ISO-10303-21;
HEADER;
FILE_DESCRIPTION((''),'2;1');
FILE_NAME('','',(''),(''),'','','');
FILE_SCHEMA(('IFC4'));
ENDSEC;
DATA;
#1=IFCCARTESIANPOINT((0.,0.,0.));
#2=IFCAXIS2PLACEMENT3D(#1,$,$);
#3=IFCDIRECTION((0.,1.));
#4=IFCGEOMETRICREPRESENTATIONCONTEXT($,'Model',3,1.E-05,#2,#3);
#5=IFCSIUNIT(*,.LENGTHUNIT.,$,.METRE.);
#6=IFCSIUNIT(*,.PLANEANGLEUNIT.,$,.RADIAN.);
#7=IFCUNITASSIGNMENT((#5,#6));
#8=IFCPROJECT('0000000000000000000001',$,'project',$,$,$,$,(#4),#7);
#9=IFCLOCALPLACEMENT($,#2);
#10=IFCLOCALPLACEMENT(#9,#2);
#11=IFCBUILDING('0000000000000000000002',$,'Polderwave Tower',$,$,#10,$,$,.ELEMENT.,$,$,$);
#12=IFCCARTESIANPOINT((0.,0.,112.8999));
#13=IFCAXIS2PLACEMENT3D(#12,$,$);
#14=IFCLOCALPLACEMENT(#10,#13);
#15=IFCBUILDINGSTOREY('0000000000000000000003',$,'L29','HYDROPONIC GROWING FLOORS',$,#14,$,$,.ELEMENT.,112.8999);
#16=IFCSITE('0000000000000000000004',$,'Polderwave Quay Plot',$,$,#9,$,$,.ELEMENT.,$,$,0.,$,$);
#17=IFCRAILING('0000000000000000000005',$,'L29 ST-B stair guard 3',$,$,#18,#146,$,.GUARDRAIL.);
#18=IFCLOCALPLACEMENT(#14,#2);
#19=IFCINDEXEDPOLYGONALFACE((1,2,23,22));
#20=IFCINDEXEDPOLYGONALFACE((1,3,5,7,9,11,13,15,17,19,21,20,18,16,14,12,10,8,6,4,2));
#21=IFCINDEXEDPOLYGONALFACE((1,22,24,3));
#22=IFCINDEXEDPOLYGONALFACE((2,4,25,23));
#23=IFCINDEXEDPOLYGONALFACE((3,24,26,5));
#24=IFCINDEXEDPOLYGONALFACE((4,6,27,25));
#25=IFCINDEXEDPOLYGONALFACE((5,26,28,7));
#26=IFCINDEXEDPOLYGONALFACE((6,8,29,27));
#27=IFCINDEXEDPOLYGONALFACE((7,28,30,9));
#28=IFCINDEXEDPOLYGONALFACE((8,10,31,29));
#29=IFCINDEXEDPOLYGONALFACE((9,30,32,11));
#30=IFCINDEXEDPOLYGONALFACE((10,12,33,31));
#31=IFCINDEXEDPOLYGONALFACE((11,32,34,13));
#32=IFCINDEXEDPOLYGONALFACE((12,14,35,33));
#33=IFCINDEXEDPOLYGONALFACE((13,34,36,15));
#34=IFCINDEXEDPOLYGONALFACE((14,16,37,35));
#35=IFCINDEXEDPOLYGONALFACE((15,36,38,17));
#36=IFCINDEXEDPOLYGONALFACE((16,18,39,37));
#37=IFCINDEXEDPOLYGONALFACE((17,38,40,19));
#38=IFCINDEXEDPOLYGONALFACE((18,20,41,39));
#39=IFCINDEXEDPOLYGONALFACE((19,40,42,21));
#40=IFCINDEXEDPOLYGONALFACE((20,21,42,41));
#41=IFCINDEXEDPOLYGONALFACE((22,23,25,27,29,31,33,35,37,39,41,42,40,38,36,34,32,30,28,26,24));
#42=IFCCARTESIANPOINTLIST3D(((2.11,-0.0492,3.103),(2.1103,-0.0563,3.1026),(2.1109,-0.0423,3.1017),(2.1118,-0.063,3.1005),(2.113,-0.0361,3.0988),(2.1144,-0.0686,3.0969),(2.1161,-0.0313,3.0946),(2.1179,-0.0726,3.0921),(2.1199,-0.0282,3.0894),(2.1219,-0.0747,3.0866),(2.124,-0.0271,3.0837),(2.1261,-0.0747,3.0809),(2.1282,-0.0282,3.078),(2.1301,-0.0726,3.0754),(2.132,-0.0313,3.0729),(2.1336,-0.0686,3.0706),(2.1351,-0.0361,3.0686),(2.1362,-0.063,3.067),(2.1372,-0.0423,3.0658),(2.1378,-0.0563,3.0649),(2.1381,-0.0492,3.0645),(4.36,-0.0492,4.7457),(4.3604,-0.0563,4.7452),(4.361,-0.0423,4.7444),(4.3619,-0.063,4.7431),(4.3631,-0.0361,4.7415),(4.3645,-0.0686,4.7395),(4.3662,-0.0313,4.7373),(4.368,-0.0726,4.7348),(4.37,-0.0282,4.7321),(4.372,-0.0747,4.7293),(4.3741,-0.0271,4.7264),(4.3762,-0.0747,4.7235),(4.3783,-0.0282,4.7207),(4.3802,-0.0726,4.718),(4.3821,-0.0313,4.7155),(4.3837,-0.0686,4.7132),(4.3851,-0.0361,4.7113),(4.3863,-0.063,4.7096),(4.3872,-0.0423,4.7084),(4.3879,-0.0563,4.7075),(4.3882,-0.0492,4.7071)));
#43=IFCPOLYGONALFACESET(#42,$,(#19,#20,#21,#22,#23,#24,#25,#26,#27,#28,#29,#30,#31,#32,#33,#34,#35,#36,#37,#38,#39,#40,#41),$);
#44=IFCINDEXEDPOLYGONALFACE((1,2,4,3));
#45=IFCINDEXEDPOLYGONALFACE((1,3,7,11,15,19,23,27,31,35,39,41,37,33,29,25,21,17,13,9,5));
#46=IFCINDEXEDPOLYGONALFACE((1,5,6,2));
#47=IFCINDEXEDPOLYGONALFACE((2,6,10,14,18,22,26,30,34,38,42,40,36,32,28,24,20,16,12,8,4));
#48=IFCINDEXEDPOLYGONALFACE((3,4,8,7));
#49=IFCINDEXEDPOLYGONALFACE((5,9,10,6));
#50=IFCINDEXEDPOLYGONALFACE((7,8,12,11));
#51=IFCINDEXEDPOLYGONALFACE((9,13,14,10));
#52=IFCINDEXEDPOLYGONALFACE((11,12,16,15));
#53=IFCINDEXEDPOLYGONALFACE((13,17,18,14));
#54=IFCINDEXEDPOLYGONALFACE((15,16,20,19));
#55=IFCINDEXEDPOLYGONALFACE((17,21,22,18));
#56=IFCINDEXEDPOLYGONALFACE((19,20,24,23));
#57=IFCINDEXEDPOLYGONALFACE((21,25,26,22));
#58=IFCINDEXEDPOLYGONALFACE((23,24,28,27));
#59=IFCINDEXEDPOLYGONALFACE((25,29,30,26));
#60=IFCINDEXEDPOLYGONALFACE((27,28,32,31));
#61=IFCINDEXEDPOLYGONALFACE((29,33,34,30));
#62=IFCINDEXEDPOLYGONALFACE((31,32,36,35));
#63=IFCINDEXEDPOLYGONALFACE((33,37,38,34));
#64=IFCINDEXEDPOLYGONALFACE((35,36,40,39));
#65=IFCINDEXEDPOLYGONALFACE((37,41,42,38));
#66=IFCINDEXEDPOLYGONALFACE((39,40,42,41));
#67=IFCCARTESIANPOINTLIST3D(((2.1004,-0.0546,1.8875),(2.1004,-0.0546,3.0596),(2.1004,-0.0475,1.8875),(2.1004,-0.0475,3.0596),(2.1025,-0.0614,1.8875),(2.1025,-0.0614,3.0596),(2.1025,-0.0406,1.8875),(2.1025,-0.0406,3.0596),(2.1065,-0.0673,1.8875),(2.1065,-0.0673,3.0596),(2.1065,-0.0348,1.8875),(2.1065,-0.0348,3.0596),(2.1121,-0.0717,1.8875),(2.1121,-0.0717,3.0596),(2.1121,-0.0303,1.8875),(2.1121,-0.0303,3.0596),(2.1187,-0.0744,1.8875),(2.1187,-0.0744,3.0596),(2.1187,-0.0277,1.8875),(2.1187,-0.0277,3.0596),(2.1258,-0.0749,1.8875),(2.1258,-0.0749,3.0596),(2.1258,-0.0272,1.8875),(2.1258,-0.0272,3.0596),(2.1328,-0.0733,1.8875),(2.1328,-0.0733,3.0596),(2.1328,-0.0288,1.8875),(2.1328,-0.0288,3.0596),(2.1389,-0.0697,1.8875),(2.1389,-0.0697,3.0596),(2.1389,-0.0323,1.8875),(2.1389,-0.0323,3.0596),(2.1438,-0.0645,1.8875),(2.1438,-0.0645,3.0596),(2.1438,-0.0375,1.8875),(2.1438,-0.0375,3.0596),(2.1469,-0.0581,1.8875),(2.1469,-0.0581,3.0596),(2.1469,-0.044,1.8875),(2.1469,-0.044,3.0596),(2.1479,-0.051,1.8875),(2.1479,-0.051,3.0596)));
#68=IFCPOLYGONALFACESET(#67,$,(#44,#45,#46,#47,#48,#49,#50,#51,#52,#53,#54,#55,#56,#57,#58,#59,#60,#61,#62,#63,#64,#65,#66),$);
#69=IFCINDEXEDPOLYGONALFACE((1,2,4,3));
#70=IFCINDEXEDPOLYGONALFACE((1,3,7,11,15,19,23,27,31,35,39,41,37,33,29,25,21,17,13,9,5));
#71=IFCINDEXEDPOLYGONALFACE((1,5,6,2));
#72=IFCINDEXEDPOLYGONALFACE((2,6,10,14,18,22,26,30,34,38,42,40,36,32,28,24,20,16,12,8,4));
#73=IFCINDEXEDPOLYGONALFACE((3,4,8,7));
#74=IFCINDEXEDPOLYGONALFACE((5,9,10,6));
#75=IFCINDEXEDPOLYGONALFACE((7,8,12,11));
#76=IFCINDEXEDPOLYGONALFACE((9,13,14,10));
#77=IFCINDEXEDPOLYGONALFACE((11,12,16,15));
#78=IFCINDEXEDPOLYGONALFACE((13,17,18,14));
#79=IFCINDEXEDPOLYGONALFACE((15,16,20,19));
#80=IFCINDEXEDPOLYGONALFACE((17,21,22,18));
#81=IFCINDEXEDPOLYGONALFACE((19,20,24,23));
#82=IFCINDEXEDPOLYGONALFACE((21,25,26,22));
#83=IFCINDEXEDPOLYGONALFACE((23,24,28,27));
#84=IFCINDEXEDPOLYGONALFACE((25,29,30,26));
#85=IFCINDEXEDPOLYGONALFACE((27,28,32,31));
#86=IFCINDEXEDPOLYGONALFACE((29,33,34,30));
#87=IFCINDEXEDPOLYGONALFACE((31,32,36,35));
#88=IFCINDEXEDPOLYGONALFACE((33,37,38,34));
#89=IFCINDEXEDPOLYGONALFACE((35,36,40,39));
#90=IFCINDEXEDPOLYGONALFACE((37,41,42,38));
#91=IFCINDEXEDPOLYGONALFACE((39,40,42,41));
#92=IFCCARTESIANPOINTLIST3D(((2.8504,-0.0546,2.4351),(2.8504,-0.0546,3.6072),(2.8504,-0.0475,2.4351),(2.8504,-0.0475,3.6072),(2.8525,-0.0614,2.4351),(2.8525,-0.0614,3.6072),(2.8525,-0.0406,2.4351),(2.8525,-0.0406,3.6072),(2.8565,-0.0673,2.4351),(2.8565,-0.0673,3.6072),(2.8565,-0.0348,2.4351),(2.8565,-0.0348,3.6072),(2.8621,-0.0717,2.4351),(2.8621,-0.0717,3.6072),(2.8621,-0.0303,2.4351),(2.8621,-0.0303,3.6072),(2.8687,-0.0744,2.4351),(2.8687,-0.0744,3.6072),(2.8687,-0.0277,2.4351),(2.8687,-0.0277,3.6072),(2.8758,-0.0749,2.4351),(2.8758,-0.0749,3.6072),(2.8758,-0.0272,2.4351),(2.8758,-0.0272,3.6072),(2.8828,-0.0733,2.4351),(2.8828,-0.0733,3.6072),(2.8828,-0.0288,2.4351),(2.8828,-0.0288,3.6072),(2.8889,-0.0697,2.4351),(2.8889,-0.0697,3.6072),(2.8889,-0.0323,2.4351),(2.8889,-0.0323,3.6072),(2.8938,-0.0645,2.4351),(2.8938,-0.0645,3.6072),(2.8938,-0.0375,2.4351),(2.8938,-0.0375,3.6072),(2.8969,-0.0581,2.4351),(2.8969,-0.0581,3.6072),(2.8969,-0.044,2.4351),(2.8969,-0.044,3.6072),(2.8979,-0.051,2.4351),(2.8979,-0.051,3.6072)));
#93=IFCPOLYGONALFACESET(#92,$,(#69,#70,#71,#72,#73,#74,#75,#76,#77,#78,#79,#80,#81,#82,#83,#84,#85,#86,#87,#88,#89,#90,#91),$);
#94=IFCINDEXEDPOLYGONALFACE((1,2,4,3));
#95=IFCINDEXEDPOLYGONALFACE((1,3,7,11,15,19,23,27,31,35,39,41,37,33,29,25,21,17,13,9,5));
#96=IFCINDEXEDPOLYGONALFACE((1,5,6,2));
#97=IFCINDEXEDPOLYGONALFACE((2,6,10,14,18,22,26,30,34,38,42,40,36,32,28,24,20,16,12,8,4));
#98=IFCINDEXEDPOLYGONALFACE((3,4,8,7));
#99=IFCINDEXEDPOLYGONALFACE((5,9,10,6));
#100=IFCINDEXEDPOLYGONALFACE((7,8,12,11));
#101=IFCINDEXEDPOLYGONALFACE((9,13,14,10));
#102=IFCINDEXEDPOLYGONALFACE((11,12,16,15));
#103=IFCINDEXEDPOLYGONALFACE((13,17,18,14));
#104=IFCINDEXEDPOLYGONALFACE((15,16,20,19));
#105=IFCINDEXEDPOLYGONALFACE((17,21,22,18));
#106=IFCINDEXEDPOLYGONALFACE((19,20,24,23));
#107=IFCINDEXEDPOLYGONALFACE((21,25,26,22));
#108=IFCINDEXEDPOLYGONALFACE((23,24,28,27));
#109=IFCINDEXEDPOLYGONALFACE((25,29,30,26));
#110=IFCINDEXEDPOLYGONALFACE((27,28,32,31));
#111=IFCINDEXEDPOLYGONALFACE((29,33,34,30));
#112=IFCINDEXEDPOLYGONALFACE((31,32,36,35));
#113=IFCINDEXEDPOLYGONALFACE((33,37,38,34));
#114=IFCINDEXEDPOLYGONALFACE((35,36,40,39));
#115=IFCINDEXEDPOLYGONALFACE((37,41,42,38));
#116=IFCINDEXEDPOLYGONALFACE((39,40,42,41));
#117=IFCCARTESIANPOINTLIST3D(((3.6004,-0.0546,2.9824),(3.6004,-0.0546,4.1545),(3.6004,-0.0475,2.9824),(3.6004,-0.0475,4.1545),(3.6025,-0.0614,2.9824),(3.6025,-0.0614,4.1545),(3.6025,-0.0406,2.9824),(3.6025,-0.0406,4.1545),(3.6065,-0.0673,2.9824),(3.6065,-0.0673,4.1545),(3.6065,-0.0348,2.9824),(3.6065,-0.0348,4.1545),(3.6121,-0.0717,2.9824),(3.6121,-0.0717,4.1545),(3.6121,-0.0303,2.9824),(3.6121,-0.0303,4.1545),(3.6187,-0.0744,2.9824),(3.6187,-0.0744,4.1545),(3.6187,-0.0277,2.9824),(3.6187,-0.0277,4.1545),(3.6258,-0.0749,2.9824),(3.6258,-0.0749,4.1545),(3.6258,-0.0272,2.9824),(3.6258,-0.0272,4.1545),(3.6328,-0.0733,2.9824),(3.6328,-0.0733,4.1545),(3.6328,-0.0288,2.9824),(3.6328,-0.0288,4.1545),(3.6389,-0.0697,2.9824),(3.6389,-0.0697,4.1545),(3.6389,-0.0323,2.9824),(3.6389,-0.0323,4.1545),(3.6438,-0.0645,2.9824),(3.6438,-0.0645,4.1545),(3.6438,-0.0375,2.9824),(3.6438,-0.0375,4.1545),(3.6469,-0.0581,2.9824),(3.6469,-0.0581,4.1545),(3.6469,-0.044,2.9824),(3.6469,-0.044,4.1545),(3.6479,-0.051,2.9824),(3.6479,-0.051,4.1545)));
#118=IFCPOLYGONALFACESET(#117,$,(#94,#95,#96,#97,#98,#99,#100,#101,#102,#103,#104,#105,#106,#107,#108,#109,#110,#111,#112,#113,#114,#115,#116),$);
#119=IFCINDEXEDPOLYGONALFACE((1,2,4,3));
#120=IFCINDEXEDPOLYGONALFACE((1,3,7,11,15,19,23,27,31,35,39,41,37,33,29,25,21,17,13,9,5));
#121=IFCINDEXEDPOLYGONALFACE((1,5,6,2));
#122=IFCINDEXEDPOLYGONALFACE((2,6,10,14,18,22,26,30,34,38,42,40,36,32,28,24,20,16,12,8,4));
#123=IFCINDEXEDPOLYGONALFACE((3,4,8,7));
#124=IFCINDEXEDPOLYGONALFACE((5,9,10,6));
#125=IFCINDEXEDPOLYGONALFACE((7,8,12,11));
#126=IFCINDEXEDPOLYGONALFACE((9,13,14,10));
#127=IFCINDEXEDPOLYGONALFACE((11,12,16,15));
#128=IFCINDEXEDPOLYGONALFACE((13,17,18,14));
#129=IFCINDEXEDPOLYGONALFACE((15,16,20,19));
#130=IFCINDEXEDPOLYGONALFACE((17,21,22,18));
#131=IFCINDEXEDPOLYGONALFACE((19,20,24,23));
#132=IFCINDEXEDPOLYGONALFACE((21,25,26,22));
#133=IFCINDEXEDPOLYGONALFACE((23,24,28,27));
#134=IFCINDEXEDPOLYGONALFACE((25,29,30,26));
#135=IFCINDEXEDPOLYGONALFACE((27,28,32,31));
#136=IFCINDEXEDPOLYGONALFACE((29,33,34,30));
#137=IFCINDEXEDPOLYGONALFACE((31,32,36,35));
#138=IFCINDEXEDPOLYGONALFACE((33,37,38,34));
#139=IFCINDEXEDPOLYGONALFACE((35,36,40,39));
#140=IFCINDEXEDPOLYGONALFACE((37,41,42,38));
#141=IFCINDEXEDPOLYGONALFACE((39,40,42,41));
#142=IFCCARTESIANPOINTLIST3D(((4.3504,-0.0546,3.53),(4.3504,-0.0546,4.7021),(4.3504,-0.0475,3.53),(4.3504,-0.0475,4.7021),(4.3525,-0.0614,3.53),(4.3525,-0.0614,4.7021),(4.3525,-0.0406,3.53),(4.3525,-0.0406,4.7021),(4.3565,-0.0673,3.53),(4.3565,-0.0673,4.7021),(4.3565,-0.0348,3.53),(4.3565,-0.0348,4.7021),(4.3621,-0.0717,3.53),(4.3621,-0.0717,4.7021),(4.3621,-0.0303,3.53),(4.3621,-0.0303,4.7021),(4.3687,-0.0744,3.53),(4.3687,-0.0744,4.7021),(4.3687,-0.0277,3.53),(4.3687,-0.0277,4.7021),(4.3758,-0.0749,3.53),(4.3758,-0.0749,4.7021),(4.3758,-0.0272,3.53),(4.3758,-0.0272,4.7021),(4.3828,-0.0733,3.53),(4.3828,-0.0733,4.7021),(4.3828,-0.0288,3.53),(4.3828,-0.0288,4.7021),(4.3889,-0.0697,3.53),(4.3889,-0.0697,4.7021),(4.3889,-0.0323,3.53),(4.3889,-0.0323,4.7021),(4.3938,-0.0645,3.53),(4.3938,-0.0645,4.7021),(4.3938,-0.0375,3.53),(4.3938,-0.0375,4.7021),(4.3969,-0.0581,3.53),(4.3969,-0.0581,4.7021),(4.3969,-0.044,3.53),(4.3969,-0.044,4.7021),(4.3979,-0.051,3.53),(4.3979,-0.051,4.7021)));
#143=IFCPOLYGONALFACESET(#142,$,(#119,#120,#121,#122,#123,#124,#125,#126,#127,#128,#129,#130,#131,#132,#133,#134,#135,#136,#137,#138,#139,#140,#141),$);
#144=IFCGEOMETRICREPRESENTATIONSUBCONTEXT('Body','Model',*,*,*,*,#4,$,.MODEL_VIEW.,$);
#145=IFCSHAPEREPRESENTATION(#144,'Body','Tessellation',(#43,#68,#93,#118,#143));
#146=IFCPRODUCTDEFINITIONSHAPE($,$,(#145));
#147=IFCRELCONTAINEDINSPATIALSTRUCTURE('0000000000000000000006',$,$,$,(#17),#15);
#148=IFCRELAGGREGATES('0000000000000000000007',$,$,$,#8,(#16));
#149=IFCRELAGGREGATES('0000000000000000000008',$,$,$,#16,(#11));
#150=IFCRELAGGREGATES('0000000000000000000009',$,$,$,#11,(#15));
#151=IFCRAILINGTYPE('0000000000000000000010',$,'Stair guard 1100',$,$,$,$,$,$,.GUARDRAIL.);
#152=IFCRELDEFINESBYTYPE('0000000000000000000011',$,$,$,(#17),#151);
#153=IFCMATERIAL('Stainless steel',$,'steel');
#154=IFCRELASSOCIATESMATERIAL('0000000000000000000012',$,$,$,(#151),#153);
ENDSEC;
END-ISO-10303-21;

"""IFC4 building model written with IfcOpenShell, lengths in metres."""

from ifc_helpers import new_model, si_unit, direction, frame, origin, origin_2d, place, context, subcontext, project, spatial, circle, extrude, material, type_object, element, save


model = new_model("IFC4")

# Units and contexts
model_context = context("Model", 3, precision=1e-05, world=origin(), true_north=direction((0.0, 1.0)))
body_context = subcontext(model_context, "Body", "Model", "MODEL_VIEW")
ifc_project = project(units=[si_unit("LENGTHUNIT", "METRE"), si_unit("PLANEANGLEUNIT", "RADIAN")], contexts=[model_context])

# Site, building, storey
site_placement = place(None, origin())
site = spatial("IfcSite", under=ifc_project, at=site_placement, Name="Polderwave Quay Plot", CompositionType="ELEMENT", RefElevation=0.0)
building_placement = place(site_placement, origin())
building = spatial("IfcBuilding", under=site, at=building_placement, Name="Polderwave Tower", CompositionType="ELEMENT")
storey_placement = place(building_placement, frame((0.0, 0.0, 112.8999)))
storey = spatial("IfcBuildingStorey", under=building, at=storey_placement, Name="L29", Description="HYDROPONIC GROWING FLOORS", CompositionType="ELEMENT", Elevation=112.8999)

# Railing
ifc_material_1 = material(Name="Stainless steel", Category="steel")
railing_type_1 = type_object("IfcRailingType", Name="Stair guard 1100", PredefinedType="GUARDRAIL", material=ifc_material_1)
railing_1_placement = place(storey_placement, frame((2.124, -0.051, 1.8875)))
element("IfcRailing", 1, at=railing_1_placement, inside=storey, type_object=railing_type_1, Name="L29 ST-B stair guard 3", PredefinedType="GUARDRAIL", context=body_context, shape_type="SweptSolid", body=[
    extrude(circle(Radius=0.0239, at=origin_2d()), frame((0.0, 0.0, 1.1963), z_axis=(0.807674, 0.0, 0.58963), x_axis=(0.0, 1.0, 0.0)), (0.0, 0.0, 1.0), 2.7859),
    extrude(circle(Radius=0.0239, at=origin_2d()), origin(), (0.0, 0.0, 1.0), 1.1721),
    extrude(circle(Radius=0.0239, at=origin_2d()), frame((0.75, 0.0, 0.5476)), (0.0, 0.0, 1.0), 1.1721),
    extrude(circle(Radius=0.0239, at=origin_2d()), frame((1.5, 0.0, 1.095)), (0.0, 0.0, 1.0), 1.1721),
    extrude(circle(Radius=0.0239, at=origin_2d()), frame((2.25, 0.0, 1.6426)), (0.0, 0.0, 1.0), 1.1721),
])

save(model, "model.ifc")
